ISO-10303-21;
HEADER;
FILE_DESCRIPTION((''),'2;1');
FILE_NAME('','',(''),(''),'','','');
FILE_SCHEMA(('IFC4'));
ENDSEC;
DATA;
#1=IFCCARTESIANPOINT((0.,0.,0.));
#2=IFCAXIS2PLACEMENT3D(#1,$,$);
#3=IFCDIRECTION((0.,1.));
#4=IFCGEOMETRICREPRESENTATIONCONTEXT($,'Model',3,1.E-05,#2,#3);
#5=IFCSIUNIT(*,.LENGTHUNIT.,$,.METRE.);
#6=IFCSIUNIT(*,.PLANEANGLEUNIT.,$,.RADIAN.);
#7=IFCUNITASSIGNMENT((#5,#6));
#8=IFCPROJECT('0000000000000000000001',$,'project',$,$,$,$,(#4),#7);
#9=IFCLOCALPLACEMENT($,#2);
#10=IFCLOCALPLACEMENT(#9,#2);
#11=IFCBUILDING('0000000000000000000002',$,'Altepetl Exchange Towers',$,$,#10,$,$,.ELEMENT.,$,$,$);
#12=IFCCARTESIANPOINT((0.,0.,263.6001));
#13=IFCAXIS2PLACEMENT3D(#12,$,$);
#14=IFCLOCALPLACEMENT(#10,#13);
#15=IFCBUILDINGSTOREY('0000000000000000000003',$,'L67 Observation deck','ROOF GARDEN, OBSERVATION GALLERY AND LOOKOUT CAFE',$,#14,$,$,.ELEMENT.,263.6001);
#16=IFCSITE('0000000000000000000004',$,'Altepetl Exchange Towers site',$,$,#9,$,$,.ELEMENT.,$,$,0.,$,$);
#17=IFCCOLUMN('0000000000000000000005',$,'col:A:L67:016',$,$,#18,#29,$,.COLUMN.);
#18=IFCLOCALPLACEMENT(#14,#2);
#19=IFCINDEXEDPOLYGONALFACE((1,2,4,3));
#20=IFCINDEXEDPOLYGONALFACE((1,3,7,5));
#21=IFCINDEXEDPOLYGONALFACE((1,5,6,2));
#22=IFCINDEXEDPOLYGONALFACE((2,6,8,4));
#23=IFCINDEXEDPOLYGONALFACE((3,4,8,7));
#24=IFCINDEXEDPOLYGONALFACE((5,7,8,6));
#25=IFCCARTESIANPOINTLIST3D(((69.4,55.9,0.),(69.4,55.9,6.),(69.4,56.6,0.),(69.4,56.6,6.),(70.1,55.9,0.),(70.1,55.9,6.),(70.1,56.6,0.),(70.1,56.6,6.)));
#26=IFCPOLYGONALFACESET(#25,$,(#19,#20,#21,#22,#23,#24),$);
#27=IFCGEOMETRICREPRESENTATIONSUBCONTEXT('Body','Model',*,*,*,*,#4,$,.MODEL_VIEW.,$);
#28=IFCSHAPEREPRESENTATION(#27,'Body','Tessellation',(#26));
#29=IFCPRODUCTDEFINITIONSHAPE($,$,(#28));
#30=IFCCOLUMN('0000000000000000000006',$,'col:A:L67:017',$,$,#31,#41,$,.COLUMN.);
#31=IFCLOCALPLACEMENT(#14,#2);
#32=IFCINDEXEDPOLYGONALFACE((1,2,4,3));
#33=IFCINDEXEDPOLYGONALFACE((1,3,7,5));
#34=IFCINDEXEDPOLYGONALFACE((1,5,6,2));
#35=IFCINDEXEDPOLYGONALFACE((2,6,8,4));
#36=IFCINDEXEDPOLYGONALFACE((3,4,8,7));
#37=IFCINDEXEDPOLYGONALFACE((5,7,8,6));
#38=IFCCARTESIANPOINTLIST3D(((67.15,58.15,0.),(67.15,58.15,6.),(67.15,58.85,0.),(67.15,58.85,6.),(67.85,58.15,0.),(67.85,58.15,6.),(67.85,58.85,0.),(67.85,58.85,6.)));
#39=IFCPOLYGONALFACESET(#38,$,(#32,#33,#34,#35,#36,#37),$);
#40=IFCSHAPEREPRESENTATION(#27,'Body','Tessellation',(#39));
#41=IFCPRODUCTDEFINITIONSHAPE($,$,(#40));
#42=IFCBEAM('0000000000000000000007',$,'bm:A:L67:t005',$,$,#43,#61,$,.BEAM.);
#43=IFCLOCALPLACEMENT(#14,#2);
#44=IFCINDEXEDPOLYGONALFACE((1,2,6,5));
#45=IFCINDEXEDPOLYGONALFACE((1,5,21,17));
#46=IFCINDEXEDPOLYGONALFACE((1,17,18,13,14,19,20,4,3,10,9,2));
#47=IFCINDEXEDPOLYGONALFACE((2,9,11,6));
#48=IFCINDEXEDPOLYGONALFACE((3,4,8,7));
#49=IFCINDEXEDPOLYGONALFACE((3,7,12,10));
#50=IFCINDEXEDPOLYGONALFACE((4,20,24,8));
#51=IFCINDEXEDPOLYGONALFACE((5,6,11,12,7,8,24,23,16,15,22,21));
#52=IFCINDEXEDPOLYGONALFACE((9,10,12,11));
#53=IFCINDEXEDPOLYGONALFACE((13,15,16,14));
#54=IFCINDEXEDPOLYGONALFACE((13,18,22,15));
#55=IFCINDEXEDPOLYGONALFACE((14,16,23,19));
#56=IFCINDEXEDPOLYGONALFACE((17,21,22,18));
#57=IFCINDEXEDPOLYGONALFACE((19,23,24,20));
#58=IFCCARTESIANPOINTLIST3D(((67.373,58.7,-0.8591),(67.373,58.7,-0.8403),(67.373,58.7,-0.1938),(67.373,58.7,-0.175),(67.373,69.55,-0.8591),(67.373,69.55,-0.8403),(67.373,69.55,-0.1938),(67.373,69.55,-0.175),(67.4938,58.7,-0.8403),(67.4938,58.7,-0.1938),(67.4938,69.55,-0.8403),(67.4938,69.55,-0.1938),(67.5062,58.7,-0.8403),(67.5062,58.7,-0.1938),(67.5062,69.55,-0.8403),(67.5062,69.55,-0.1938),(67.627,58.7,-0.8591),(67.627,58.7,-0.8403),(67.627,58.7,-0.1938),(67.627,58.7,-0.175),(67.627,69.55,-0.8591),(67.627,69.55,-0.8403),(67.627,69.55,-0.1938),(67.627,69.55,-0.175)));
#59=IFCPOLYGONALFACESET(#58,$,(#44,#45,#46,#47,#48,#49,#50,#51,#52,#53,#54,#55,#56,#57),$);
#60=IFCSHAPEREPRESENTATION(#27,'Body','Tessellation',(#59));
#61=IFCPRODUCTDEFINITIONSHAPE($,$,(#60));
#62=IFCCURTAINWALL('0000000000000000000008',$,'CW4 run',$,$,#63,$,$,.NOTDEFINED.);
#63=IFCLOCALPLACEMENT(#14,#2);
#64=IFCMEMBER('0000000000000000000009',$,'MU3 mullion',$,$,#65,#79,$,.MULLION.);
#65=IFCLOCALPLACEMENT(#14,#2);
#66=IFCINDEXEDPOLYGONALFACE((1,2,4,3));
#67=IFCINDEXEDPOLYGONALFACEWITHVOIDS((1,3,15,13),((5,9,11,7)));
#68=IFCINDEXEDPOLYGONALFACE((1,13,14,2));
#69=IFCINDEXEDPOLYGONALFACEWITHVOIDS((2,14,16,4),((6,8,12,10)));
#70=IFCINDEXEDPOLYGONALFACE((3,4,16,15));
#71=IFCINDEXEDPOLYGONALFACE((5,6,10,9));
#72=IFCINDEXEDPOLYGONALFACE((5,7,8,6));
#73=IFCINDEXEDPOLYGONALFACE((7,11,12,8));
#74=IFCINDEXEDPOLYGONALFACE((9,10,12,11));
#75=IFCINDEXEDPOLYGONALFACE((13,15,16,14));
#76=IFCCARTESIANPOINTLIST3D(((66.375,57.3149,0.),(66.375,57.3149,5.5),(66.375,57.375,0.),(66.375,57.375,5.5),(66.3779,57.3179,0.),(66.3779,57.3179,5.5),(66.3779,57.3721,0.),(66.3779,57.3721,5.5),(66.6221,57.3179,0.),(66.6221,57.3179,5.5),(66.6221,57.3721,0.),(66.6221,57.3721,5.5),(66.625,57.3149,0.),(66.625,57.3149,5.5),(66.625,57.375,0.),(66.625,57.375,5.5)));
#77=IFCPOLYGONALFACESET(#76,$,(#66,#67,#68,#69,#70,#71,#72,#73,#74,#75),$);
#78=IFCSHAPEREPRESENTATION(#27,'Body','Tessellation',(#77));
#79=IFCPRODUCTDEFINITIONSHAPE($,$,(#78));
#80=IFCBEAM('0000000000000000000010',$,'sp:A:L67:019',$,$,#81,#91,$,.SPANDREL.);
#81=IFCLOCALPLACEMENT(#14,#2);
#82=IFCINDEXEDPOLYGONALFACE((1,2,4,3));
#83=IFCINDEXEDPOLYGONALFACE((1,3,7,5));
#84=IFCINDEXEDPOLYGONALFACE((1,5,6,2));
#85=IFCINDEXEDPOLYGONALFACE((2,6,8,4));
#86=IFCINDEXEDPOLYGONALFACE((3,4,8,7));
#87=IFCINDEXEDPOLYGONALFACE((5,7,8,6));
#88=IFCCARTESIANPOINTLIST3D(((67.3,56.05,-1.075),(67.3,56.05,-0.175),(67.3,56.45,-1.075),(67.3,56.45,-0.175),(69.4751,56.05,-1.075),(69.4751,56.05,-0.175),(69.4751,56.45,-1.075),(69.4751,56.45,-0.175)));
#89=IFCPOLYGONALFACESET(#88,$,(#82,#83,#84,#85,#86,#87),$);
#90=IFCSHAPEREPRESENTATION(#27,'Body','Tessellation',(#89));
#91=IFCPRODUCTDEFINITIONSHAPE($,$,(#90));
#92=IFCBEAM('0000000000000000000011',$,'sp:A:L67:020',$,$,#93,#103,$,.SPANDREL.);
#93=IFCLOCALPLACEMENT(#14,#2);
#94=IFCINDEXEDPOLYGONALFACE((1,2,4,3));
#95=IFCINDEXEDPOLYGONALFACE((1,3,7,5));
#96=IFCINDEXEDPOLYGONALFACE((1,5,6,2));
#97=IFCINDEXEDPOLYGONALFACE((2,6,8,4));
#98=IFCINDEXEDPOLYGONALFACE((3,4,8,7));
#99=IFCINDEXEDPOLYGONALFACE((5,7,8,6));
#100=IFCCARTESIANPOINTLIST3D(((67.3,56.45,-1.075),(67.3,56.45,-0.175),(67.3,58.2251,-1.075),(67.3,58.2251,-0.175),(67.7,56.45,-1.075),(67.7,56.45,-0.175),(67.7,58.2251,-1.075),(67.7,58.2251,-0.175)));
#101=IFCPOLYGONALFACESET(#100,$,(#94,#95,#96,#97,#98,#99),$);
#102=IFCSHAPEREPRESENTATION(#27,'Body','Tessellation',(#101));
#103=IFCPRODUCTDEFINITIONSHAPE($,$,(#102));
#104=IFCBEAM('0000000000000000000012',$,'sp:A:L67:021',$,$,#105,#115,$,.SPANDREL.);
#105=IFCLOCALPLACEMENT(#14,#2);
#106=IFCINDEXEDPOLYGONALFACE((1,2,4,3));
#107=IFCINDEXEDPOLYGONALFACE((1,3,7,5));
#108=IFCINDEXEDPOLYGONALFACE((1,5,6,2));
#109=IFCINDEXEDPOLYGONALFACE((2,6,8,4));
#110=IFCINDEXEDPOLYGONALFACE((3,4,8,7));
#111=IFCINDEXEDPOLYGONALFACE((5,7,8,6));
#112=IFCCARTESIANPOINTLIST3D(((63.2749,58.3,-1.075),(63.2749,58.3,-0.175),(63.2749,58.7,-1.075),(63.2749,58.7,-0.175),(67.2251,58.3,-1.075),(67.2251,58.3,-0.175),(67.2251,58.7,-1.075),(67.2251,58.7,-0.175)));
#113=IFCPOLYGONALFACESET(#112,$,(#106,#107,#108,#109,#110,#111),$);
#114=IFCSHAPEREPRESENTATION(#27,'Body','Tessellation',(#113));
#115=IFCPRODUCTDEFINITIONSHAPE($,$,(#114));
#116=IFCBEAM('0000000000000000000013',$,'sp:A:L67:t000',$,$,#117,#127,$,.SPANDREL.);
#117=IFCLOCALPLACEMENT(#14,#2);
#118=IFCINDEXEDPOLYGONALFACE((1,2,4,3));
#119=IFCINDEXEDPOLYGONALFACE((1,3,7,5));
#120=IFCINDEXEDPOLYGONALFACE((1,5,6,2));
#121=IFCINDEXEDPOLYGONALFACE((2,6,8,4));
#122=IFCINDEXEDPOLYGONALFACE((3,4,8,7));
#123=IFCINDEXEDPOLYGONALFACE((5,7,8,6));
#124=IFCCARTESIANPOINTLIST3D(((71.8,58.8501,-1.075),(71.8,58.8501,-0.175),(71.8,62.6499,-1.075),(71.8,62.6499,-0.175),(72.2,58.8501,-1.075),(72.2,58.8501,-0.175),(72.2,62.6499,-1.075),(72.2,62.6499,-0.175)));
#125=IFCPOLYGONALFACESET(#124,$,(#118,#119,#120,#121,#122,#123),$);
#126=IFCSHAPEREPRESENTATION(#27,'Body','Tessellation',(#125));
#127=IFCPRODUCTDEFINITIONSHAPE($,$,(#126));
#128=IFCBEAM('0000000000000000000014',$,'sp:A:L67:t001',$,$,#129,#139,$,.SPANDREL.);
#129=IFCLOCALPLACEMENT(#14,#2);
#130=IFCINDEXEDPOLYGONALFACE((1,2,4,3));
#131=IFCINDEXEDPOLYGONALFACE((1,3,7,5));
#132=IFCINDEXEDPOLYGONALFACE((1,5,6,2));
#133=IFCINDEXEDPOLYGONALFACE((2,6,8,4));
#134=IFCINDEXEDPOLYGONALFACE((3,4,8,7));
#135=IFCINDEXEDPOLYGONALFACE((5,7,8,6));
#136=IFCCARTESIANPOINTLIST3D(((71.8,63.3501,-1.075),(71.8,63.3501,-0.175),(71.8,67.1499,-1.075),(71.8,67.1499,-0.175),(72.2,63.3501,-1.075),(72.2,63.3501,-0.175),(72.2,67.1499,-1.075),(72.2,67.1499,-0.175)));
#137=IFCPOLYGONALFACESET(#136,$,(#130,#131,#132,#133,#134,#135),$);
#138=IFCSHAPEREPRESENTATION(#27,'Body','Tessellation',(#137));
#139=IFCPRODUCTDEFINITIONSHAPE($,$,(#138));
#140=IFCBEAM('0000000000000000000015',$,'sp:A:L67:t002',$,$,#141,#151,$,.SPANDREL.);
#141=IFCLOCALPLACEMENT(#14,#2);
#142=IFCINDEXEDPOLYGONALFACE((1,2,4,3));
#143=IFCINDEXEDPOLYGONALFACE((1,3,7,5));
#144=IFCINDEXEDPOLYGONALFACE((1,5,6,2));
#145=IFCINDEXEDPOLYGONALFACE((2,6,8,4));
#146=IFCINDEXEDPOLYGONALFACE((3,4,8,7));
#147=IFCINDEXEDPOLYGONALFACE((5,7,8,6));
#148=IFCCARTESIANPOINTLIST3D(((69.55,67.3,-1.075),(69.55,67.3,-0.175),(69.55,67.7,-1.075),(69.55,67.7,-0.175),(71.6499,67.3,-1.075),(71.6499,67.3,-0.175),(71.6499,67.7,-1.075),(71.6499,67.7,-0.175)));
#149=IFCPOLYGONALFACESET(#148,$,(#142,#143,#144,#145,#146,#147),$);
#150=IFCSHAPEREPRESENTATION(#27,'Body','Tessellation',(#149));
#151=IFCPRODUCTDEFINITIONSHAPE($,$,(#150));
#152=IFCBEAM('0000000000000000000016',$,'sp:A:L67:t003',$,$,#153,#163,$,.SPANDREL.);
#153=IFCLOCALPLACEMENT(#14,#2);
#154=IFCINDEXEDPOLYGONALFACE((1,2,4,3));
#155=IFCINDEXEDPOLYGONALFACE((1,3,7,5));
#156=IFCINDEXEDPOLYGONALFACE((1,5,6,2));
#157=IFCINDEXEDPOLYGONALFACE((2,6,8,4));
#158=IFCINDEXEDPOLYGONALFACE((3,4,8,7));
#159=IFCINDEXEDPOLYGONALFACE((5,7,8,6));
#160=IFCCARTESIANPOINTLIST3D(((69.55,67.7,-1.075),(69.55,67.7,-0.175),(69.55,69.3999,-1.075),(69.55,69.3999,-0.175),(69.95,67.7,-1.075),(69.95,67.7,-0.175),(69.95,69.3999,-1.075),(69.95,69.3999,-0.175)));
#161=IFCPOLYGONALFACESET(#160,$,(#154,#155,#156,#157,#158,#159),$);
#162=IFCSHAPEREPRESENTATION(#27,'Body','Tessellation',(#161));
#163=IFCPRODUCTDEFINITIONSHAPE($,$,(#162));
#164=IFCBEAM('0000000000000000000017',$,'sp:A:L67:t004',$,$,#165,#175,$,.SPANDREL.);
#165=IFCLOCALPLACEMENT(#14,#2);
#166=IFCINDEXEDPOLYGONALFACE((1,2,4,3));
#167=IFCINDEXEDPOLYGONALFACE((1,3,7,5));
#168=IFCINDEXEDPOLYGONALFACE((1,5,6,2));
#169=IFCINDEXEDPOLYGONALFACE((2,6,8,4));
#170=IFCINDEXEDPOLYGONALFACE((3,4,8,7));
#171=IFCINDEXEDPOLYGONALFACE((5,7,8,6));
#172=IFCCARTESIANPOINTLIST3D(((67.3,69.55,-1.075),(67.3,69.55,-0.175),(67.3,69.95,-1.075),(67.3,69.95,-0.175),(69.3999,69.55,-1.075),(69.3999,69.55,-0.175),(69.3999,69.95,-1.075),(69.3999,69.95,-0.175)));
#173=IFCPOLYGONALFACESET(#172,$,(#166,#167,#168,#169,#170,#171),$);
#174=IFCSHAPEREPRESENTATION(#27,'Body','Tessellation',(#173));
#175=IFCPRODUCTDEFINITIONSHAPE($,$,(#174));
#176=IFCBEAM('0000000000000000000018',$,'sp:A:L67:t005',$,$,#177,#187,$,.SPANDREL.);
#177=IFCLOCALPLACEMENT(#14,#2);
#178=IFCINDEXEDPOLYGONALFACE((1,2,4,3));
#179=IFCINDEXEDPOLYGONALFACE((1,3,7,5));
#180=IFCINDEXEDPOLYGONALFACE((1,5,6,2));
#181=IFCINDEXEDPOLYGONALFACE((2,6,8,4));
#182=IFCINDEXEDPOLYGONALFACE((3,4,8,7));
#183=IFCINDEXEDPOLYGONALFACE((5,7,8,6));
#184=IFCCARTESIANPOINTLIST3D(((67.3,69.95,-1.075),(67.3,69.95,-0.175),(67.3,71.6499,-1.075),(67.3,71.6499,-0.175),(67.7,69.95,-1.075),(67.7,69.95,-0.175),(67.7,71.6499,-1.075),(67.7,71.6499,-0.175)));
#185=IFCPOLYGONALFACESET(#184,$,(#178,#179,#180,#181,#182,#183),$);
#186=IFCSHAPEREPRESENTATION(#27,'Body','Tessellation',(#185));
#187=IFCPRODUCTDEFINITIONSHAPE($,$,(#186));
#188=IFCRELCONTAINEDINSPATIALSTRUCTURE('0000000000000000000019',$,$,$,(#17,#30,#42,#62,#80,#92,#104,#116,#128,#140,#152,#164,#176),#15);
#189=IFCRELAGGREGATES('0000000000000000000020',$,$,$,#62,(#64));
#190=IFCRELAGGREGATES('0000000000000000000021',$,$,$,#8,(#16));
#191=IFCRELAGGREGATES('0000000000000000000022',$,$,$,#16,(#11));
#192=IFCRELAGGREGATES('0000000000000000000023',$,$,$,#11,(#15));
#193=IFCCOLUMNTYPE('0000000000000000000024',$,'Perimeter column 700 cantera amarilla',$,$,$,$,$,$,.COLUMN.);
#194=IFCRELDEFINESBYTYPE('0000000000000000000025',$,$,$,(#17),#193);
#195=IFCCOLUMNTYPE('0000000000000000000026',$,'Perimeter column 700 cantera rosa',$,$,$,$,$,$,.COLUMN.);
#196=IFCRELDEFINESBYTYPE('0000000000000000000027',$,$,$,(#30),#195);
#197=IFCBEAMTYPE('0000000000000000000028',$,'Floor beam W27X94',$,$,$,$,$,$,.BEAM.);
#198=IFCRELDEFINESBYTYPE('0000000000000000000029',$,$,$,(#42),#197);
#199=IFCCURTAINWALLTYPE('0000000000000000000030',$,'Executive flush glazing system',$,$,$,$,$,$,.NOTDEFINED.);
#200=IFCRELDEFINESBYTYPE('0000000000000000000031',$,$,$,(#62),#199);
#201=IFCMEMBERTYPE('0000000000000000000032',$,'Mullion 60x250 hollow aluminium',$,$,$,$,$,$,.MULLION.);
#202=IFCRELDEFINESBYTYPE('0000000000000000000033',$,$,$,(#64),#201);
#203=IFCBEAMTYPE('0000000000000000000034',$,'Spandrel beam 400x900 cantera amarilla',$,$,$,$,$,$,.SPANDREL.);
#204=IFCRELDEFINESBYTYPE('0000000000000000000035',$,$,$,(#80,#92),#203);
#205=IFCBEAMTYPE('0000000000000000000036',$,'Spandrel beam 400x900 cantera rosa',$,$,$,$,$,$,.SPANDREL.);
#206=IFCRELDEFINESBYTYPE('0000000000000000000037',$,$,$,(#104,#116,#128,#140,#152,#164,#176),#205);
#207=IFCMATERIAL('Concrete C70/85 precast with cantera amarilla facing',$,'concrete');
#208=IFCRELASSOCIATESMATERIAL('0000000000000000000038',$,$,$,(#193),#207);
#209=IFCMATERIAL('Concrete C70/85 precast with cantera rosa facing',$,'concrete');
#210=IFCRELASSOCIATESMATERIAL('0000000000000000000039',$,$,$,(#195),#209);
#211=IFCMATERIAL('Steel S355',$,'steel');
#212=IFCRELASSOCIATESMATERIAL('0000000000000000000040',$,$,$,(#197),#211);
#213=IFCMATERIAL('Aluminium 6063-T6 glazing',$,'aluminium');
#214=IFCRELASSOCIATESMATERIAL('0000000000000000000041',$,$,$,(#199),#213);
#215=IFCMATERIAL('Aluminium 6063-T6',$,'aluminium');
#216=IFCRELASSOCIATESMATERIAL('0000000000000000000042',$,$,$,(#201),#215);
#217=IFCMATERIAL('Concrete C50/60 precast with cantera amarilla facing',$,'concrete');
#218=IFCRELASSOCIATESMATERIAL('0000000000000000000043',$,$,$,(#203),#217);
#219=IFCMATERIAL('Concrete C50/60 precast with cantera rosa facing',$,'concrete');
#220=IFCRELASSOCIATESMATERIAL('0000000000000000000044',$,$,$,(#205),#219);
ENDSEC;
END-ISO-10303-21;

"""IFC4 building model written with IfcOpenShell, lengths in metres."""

from ifc_helpers import new_model, si_unit, direction, frame, origin, origin_2d, place, context, subcontext, project, spatial, rectangle, hollow_rectangle, i_section, extrude, material, material_profile, profile_set, type_object, element, aggregate, save


model = new_model("IFC4")

# Units and contexts
model_context = context("Model", 3, precision=1e-05, world=origin(), true_north=direction((0.0, 1.0)))
body_context = subcontext(model_context, "Body", "Model", "MODEL_VIEW")
ifc_project = project(units=[si_unit("LENGTHUNIT", "METRE"), si_unit("PLANEANGLEUNIT", "RADIAN")], contexts=[model_context])

# Site, building, storey
site_placement = place(None, origin())
site = spatial("IfcSite", under=ifc_project, at=site_placement, Name="Altepetl Exchange Towers site", CompositionType="ELEMENT", RefElevation=0.0)
building_placement = place(site_placement, origin())
building = spatial("IfcBuilding", under=site, at=building_placement, Name="Altepetl Exchange Towers", CompositionType="ELEMENT")
storey_placement = place(building_placement, frame((0.0, 0.0, 263.6001)))
storey = spatial("IfcBuildingStorey", under=building, at=storey_placement, Name="L67 Observation deck", Description="ROOF GARDEN, OBSERVATION GALLERY AND LOOKOUT CAFE", CompositionType="ELEMENT", Elevation=263.6001)

# Columns
ifc_material_1 = material(Name="Concrete C70/85 precast with cantera amarilla facing", Category="concrete")
ifc_material_profile_1 = material_profile(ifc_material_1, rectangle(XDim=0.7, YDim=0.7, at=origin_2d()), Name="700 x 700")
ifc_profile_set_1 = profile_set([ifc_material_profile_1], Name="Concrete C70/85 precast with cantera amarilla facing")
column_type_1 = type_object("IfcColumnType", Name="Perimeter column 700 cantera amarilla", PredefinedType="COLUMN", material=ifc_profile_set_1)
column_1_placement = place(storey_placement, frame((69.75, 56.25, 0.0)))
element("IfcColumn", 1, at=column_1_placement, inside=storey, type_object=column_type_1, Name="col:A:L67:016", PredefinedType="COLUMN", context=body_context, shape_type="SweptSolid", body=[
    extrude(rectangle(XDim=0.7, YDim=0.7, at=origin_2d()), origin(), (0.0, 0.0, 1.0), 6.0),
])
ifc_material_2 = material(Name="Concrete C70/85 precast with cantera rosa facing", Category="concrete")
ifc_material_profile_2 = material_profile(ifc_material_2, rectangle(XDim=0.7, YDim=0.7, at=origin_2d()), Name="700 x 700")
ifc_profile_set_2 = profile_set([ifc_material_profile_2], Name="Concrete C70/85 precast with cantera rosa facing")
column_type_2 = type_object("IfcColumnType", Name="Perimeter column 700 cantera rosa", PredefinedType="COLUMN", material=ifc_profile_set_2)
column_2_placement = place(storey_placement, frame((67.5, 58.5, 0.0)))
element("IfcColumn", 2, at=column_2_placement, inside=storey, type_object=column_type_2, Name="col:A:L67:017", PredefinedType="COLUMN", context=body_context, shape_type="SweptSolid", body=[
    extrude(rectangle(XDim=0.7, YDim=0.7, at=origin_2d()), origin(), (0.0, 0.0, 1.0), 6.0),
])

# Beam
ifc_material_3 = material(Name="Steel S355", Category="steel")
ifc_material_profile_3 = material_profile(ifc_material_3, i_section(OverallWidth=0.2539, OverallDepth=0.6841, WebThickness=0.0125, FlangeThickness=0.0188, at=origin_2d()), Name="W27X94")
ifc_profile_set_3 = profile_set([ifc_material_profile_3], Name="Steel S355")
beam_type_1 = type_object("IfcBeamType", Name="Floor beam W27X94", PredefinedType="BEAM", material=ifc_profile_set_3)
beam_1_placement = place(storey_placement, frame((67.5, 58.7, -0.5171), z_axis=(0.0, 1.0, 0.0), x_axis=(-1.0, 0.0, 0.0)))
element("IfcBeam", 3, at=beam_1_placement, inside=storey, type_object=beam_type_1, Name="bm:A:L67:t005", PredefinedType="BEAM", context=body_context, shape_type="SweptSolid", body=[
    extrude(i_section(OverallWidth=0.2539, OverallDepth=0.6841, WebThickness=0.0125, FlangeThickness=0.0188, at=origin_2d()), origin(), (0.0, 0.0, 1.0), 10.8501),
])

# Curtain wall, member
ifc_material_4 = material(Name="Aluminium 6063-T6 glazing", Category="aluminium")
curtain_wall_type = type_object("IfcCurtainWallType", Name="Executive flush glazing system", PredefinedType="NOTDEFINED", material=ifc_material_4)
curtain_wall_placement = place(storey_placement, origin())
curtain_wall = element("IfcCurtainWall", 4, at=curtain_wall_placement, inside=storey, type_object=curtain_wall_type, Name="CW4 run", PredefinedType="NOTDEFINED")
ifc_material_5 = material(Name="Aluminium 6063-T6", Category="aluminium")
ifc_material_profile_4 = material_profile(ifc_material_5, hollow_rectangle(XDim=0.0601, YDim=0.25, WallThickness=0.0029, at=origin_2d()), Name="Mullion 60x250 hollow aluminium")
ifc_profile_set_4 = profile_set([ifc_material_profile_4], Name="Aluminium 6063-T6")
member_type = type_object("IfcMemberType", Name="Mullion 60x250 hollow aluminium", PredefinedType="MULLION", material=ifc_profile_set_4)
member_placement = place(storey_placement, frame((66.5, 57.345, 0.0), z_axis=(0.0, 0.0, 1.0), x_axis=(0.0, 1.0, 0.0)))
member = element("IfcMember", 5, at=member_placement, type_object=member_type, Name="MU3 mullion", PredefinedType="MULLION", context=body_context, shape_type="SweptSolid", body=[
    extrude(hollow_rectangle(XDim=0.0601, YDim=0.25, WallThickness=0.0029, at=origin_2d()), origin(), (0.0, 0.0, 1.0), 5.5),
])

# Beams
ifc_material_6 = material(Name="Concrete C50/60 precast with cantera amarilla facing", Category="concrete")
ifc_material_profile_5 = material_profile(ifc_material_6, rectangle(XDim=0.3999, YDim=0.8999, at=origin_2d()), Name="400 x 900")
ifc_profile_set_5 = profile_set([ifc_material_profile_5], Name="Concrete C50/60 precast with cantera amarilla facing")
beam_type_2 = type_object("IfcBeamType", Name="Spandrel beam 400x900 cantera amarilla", PredefinedType="SPANDREL", material=ifc_profile_set_5)
beam_2_placement = place(storey_placement, frame((69.4751, 56.25, -0.625), z_axis=(-1.0, 0.0, 0.0), x_axis=(0.0, -1.0, 0.0)))
element("IfcBeam", 6, at=beam_2_placement, inside=storey, type_object=beam_type_2, Name="sp:A:L67:019", PredefinedType="SPANDREL", context=body_context, shape_type="SweptSolid", body=[
    extrude(rectangle(XDim=0.3999, YDim=0.8999, at=origin_2d()), origin(), (0.0, 0.0, 1.0), 2.175),
])
beam_3_placement = place(storey_placement, frame((67.5, 56.45, -0.625), z_axis=(0.0, 1.0, 0.0), x_axis=(-1.0, 0.0, 0.0)))
element("IfcBeam", 7, at=beam_3_placement, inside=storey, type_object=beam_type_2, Name="sp:A:L67:020", PredefinedType="SPANDREL", context=body_context, shape_type="SweptSolid", body=[
    extrude(rectangle(XDim=0.3999, YDim=0.8999, at=origin_2d()), origin(), (0.0, 0.0, 1.0), 1.7751),
])
ifc_material_7 = material(Name="Concrete C50/60 precast with cantera rosa facing", Category="concrete")
ifc_material_profile_6 = material_profile(ifc_material_7, rectangle(XDim=0.3999, YDim=0.8999, at=origin_2d()), Name="400 x 900")
ifc_profile_set_6 = profile_set([ifc_material_profile_6], Name="Concrete C50/60 precast with cantera rosa facing")
beam_type_3 = type_object("IfcBeamType", Name="Spandrel beam 400x900 cantera rosa", PredefinedType="SPANDREL", material=ifc_profile_set_6)
beam_4_placement = place(storey_placement, frame((67.2251, 58.5, -0.625), z_axis=(-1.0, 0.0, 0.0), x_axis=(0.0, -1.0, 0.0)))
element("IfcBeam", 8, at=beam_4_placement, inside=storey, type_object=beam_type_3, Name="sp:A:L67:021", PredefinedType="SPANDREL", context=body_context, shape_type="SweptSolid", body=[
    extrude(rectangle(XDim=0.3999, YDim=0.8999, at=origin_2d()), origin(), (0.0, 0.0, 1.0), 3.9502),
])
for number, where, z_axis, x_axis, name in (
    (9, (72.0, 58.8501, -0.625), (0.0, 1.0, 0.0), (-1.0, 0.0, 0.0), "sp:A:L67:t000"),
    (10, (72.0, 63.3501, -0.625), (0.0, 1.0, 0.0), (-1.0, 0.0, 0.0), "sp:A:L67:t001"),
):
    element("IfcBeam", number, at=place(storey_placement, frame(where, z_axis=z_axis, x_axis=x_axis)), inside=storey, type_object=beam_type_3, Name=name, PredefinedType="SPANDREL", context=body_context, shape_type="SweptSolid", body=[
        extrude(rectangle(XDim=0.3999, YDim=0.8999, at=origin_2d()), origin(), (0.0, 0.0, 1.0), 3.7998),
    ])
beam_5_placement = place(storey_placement, frame((71.6499, 67.5, -0.625), z_axis=(-1.0, 0.0, 0.0), x_axis=(0.0, -1.0, 0.0)))
element("IfcBeam", 11, at=beam_5_placement, inside=storey, type_object=beam_type_3, Name="sp:A:L67:t002", PredefinedType="SPANDREL", context=body_context, shape_type="SweptSolid", body=[
    extrude(rectangle(XDim=0.3999, YDim=0.8999, at=origin_2d()), origin(), (0.0, 0.0, 1.0), 2.0999),
])
beam_6_placement = place(storey_placement, frame((69.75, 67.7, -0.625), z_axis=(0.0, 1.0, 0.0), x_axis=(-1.0, 0.0, 0.0)))
element("IfcBeam", 12, at=beam_6_placement, inside=storey, type_object=beam_type_3, Name="sp:A:L67:t003", PredefinedType="SPANDREL", context=body_context, shape_type="SweptSolid", body=[
    extrude(rectangle(XDim=0.3999, YDim=0.8999, at=origin_2d()), origin(), (0.0, 0.0, 1.0), 1.7),
])
beam_7_placement = place(storey_placement, frame((69.3999, 69.75, -0.625), z_axis=(-1.0, 0.0, 0.0), x_axis=(0.0, -1.0, 0.0)))
element("IfcBeam", 13, at=beam_7_placement, inside=storey, type_object=beam_type_3, Name="sp:A:L67:t004", PredefinedType="SPANDREL", context=body_context, shape_type="SweptSolid", body=[
    extrude(rectangle(XDim=0.3999, YDim=0.8999, at=origin_2d()), origin(), (0.0, 0.0, 1.0), 2.0999),
])
beam_8_placement = place(storey_placement, frame((67.5, 69.95, -0.625), z_axis=(0.0, 1.0, 0.0), x_axis=(-1.0, 0.0, 0.0)))
element("IfcBeam", 14, at=beam_8_placement, inside=storey, type_object=beam_type_3, Name="sp:A:L67:t005", PredefinedType="SPANDREL", context=body_context, shape_type="SweptSolid", body=[
    extrude(rectangle(XDim=0.3999, YDim=0.8999, at=origin_2d()), origin(), (0.0, 0.0, 1.0), 1.7),
])

aggregate(curtain_wall, [member])

save(model, "model.ifc")
